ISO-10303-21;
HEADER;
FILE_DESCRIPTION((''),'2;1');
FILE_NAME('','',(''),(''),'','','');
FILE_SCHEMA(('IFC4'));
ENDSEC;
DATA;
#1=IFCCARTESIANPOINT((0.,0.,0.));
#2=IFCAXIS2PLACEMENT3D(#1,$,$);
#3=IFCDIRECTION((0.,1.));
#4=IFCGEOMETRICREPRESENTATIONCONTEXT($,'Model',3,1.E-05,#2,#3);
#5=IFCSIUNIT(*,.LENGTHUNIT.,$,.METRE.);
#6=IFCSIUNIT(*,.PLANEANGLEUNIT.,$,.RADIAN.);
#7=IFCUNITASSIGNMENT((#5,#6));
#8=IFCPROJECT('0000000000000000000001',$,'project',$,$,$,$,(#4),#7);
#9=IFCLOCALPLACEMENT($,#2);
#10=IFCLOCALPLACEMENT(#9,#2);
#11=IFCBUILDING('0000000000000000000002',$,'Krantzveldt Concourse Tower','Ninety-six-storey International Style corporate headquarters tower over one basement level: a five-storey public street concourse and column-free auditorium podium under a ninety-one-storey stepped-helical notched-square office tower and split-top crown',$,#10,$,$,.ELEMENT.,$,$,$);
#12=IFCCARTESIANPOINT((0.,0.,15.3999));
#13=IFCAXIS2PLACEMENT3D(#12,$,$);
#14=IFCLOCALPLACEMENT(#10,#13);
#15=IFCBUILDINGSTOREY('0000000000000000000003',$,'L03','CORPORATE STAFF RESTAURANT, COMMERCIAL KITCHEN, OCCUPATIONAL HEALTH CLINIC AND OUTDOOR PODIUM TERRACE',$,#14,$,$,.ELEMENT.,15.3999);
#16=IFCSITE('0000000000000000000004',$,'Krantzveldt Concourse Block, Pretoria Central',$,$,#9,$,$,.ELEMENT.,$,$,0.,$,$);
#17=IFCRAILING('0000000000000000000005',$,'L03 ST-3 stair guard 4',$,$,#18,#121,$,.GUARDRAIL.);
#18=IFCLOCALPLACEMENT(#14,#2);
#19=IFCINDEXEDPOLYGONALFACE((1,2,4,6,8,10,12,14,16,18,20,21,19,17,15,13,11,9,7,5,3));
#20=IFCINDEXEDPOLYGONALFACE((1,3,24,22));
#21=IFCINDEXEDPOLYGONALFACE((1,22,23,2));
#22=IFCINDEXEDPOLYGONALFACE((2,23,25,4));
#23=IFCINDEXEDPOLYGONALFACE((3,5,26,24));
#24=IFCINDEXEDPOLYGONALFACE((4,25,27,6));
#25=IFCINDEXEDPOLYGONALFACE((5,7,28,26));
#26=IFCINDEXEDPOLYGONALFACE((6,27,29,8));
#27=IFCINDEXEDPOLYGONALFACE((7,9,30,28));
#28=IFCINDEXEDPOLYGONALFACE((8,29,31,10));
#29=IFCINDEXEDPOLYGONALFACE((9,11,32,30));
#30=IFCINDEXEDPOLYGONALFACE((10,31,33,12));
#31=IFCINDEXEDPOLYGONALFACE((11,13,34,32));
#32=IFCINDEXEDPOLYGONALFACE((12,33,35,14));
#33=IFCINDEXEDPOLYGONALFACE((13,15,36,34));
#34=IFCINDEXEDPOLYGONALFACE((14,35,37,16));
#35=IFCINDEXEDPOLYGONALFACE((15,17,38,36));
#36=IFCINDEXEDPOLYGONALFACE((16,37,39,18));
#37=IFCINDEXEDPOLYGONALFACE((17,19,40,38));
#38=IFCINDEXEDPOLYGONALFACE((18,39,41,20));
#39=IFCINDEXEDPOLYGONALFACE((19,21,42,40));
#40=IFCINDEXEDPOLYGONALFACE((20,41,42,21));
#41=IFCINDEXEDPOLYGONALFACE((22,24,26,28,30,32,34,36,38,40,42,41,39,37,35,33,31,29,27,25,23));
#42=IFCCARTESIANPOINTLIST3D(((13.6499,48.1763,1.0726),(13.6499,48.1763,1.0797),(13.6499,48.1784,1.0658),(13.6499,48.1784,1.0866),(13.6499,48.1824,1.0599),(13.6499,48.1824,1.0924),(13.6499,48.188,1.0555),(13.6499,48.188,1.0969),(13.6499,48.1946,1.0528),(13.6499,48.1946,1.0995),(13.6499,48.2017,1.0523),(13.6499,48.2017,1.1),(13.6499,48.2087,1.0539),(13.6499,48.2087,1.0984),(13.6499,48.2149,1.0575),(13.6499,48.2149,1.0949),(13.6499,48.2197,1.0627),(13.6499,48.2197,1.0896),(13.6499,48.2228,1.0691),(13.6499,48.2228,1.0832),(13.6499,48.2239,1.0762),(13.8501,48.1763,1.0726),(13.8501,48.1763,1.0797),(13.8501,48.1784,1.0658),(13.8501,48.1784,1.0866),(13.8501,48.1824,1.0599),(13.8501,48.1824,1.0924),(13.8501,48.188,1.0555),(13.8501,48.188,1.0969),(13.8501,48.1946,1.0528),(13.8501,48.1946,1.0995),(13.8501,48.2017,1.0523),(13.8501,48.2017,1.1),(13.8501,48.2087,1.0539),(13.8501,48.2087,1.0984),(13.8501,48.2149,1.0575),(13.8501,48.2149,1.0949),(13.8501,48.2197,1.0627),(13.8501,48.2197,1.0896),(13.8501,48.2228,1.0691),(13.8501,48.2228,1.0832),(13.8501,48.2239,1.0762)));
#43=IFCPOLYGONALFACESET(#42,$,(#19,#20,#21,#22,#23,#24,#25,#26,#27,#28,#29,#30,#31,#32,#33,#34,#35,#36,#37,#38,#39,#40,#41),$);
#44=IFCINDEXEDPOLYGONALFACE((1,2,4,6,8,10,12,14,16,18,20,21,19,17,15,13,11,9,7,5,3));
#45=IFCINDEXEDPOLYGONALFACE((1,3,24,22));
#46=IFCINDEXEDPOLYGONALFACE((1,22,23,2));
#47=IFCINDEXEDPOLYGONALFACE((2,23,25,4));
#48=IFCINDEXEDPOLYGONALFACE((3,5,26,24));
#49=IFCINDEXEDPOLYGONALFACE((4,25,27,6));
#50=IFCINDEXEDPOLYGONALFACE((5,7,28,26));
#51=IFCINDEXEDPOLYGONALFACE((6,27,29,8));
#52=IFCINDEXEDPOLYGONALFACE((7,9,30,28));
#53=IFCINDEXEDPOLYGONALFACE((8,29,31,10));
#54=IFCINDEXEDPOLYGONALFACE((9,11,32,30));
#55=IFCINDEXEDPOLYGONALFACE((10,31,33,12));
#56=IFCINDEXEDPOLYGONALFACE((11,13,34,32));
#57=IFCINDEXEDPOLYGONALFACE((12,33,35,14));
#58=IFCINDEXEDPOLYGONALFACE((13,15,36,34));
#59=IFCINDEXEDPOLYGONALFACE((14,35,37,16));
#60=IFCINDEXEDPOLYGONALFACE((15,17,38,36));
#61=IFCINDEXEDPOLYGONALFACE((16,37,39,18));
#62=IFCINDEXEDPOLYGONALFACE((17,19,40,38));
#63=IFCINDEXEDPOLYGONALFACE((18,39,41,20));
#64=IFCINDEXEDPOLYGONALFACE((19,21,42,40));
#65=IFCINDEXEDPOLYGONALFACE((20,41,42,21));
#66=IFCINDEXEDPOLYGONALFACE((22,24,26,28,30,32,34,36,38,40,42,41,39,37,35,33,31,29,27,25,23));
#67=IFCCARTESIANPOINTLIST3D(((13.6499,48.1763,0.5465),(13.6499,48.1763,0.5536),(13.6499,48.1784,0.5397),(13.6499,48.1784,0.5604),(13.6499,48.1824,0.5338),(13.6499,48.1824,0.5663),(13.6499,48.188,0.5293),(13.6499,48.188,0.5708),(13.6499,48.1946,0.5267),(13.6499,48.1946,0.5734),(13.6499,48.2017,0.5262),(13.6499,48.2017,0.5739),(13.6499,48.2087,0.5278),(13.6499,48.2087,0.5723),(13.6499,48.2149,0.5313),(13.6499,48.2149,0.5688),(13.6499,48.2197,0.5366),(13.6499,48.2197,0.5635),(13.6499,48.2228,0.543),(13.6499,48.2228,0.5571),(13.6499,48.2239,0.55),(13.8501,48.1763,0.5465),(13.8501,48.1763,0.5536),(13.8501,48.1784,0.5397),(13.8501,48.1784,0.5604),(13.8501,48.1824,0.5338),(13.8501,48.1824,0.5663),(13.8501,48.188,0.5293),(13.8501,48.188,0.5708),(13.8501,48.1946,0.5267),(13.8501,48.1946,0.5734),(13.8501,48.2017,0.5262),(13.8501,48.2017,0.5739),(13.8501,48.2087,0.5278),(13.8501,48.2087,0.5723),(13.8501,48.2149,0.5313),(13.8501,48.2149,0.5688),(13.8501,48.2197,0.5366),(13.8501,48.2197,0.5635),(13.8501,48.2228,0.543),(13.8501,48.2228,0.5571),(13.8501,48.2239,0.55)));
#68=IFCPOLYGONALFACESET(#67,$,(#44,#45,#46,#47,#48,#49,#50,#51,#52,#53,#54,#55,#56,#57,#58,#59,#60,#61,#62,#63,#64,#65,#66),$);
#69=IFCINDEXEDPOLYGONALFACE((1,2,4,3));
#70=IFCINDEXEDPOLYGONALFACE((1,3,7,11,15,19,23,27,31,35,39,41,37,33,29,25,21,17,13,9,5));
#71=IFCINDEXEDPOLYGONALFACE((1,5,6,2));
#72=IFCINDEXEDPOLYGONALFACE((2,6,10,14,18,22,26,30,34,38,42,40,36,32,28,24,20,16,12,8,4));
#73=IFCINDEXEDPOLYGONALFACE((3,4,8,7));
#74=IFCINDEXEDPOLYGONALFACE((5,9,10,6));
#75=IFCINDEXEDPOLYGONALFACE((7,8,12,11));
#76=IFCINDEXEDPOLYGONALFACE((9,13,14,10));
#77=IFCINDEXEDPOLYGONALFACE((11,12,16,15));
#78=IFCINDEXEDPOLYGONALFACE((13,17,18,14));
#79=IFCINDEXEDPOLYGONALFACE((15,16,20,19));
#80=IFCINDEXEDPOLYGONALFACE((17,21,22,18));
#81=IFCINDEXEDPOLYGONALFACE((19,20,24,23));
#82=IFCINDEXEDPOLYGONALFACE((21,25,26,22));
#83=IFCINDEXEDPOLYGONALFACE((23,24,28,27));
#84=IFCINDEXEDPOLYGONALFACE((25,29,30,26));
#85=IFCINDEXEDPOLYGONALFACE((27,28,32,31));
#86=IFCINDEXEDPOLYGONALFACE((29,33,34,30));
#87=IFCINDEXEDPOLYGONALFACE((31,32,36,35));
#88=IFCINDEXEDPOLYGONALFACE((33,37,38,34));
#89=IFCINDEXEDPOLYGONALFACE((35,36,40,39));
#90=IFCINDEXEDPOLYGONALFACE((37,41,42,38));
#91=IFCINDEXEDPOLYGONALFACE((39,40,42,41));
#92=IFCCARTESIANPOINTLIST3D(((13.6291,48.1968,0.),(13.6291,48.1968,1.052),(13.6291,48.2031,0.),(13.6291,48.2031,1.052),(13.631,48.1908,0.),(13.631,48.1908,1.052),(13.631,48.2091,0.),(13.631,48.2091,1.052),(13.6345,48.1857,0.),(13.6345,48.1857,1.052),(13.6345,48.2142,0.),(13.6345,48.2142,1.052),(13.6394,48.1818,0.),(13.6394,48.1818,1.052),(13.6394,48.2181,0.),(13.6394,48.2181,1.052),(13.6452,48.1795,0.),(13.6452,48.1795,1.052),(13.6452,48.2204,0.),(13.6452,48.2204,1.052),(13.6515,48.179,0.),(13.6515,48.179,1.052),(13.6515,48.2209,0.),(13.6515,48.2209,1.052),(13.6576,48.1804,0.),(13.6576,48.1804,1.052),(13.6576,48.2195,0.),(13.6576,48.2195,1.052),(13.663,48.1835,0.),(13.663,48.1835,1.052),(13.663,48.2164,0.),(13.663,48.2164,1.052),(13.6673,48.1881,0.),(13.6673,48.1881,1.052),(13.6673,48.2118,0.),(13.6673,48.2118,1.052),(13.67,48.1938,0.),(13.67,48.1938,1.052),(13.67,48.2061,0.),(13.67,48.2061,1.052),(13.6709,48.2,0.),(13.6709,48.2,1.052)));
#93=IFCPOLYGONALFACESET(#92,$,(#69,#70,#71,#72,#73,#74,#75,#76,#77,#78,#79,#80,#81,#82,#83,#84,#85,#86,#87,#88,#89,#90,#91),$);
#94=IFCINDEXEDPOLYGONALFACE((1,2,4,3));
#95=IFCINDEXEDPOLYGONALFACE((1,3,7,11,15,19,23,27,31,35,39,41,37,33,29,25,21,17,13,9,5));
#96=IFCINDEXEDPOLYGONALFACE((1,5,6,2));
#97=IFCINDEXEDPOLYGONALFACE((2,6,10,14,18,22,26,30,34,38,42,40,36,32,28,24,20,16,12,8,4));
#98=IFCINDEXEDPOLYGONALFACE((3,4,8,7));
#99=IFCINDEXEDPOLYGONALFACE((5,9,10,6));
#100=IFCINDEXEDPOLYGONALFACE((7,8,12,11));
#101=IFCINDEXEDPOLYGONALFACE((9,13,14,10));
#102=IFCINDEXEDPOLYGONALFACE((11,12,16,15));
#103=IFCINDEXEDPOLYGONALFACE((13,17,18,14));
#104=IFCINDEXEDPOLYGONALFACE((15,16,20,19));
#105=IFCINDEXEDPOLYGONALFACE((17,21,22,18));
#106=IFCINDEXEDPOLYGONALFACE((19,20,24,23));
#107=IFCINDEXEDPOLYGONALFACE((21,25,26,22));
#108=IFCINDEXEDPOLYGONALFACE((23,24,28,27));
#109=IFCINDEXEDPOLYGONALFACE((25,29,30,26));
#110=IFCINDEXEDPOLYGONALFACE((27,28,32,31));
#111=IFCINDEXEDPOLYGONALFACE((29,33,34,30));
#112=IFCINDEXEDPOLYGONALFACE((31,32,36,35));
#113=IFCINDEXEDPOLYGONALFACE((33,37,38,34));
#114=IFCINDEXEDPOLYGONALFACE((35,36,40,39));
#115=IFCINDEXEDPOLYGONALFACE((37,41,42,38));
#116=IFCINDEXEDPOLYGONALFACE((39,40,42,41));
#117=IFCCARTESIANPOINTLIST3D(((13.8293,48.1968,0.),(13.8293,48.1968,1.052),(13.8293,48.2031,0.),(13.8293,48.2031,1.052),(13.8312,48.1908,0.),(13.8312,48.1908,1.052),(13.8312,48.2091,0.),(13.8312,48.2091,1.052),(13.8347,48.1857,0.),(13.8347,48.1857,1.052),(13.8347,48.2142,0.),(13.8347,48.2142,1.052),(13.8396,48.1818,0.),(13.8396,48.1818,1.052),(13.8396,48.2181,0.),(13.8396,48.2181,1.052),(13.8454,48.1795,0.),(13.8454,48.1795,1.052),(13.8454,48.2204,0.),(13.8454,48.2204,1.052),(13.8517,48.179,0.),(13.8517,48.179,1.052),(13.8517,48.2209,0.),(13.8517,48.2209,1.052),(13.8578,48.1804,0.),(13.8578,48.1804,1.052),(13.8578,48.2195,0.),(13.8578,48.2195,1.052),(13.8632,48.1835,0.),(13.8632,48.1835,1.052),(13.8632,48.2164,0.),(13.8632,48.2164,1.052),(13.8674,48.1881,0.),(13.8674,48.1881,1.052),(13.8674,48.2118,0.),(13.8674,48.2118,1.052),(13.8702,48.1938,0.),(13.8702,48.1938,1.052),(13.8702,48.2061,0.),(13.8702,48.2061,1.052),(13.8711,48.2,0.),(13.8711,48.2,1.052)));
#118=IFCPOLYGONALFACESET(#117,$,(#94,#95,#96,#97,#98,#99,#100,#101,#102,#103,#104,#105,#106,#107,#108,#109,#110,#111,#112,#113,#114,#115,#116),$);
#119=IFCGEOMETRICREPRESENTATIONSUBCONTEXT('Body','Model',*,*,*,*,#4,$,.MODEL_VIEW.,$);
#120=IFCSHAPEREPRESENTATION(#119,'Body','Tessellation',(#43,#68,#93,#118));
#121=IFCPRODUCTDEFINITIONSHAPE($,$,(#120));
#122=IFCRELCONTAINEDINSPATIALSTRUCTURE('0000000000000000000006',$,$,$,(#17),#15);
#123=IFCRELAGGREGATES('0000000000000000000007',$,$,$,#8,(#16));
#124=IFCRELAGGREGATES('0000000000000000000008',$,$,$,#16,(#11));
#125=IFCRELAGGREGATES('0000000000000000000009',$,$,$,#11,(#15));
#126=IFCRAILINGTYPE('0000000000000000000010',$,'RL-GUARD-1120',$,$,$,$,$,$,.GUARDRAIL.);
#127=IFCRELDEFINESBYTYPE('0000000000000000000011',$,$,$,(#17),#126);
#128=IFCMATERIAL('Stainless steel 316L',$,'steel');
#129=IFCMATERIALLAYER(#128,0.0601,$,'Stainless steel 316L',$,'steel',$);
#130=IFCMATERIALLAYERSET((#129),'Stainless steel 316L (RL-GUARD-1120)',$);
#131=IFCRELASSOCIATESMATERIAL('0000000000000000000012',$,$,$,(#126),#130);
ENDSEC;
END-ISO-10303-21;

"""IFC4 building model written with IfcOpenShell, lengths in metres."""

from ifc_helpers import new_model, si_unit, direction, frame, origin, origin_2d, place, context, subcontext, project, spatial, circle, extrude, material, layer, layer_set, type_object, element, save


model = new_model("IFC4")

# Units and contexts
model_context = context("Model", 3, precision=1e-05, world=origin(), true_north=direction((0.0, 1.0)))
body_context = subcontext(model_context, "Body", "Model", "MODEL_VIEW")
ifc_project = project(units=[si_unit("LENGTHUNIT", "METRE"), si_unit("PLANEANGLEUNIT", "RADIAN")], contexts=[model_context])

# Site, building, storey
site_placement = place(None, origin())
site = spatial("IfcSite", under=ifc_project, at=site_placement, Name="Krantzveldt Concourse Block, Pretoria Central", CompositionType="ELEMENT", RefElevation=0.0)
building_placement = place(site_placement, origin())
building = spatial("IfcBuilding", under=site, at=building_placement, Name="Krantzveldt Concourse Tower", Description="Ninety-six-storey International Style corporate headquarters tower over one basement level: a five-storey public street concourse and column-free auditorium podium under a ninety-one-storey stepped-helical notched-square office tower and split-top crown", CompositionType="ELEMENT")
storey_placement = place(building_placement, frame((0.0, 0.0, 15.3999)))
storey = spatial("IfcBuildingStorey", under=building, at=storey_placement, Name="L03", Description="CORPORATE STAFF RESTAURANT, COMMERCIAL KITCHEN, OCCUPATIONAL HEALTH CLINIC AND OUTDOOR PODIUM TERRACE", CompositionType="ELEMENT", Elevation=15.3999)

# Railing
ifc_material_1 = material(Name="Stainless steel 316L", Category="steel")
ifc_layer_1 = layer(ifc_material_1, 0.0601, Name="Stainless steel 316L", Category="steel")
ifc_layer_set_1 = layer_set([ifc_layer_1], Name="Stainless steel 316L (RL-GUARD-1120)")
railing_type_1 = type_object("IfcRailingType", Name="RL-GUARD-1120", PredefinedType="GUARDRAIL", material=ifc_layer_set_1)
railing_1_placement = place(storey_placement, frame((13.6499, 48.2, 0.0)))
element("IfcRailing", 1, at=railing_1_placement, inside=storey, type_object=railing_type_1, Name="L03 ST-3 stair guard 4", PredefinedType="GUARDRAIL", context=body_context, shape_type="SweptSolid", body=[
    extrude(circle(Radius=0.0239, at=origin_2d()), frame((0.0, 0.0, 1.0762), z_axis=(1.0, 0.0, 0.0), x_axis=(0.0, 1.0, 0.0)), (0.0, 0.0, 1.0), 0.2002),
    extrude(circle(Radius=0.0239, at=origin_2d()), frame((0.0, 0.0, 0.55), z_axis=(1.0, 0.0, 0.0), x_axis=(0.0, 1.0, 0.0)), (0.0, 0.0, 1.0), 0.2002),
    extrude(circle(Radius=0.021, at=origin_2d()), origin(), (0.0, 0.0, 1.0), 1.052),
    extrude(circle(Radius=0.021, at=origin_2d()), frame((0.2002, 0.0, 0.0)), (0.0, 0.0, 1.0), 1.052),
])

save(model, "model.ifc")
